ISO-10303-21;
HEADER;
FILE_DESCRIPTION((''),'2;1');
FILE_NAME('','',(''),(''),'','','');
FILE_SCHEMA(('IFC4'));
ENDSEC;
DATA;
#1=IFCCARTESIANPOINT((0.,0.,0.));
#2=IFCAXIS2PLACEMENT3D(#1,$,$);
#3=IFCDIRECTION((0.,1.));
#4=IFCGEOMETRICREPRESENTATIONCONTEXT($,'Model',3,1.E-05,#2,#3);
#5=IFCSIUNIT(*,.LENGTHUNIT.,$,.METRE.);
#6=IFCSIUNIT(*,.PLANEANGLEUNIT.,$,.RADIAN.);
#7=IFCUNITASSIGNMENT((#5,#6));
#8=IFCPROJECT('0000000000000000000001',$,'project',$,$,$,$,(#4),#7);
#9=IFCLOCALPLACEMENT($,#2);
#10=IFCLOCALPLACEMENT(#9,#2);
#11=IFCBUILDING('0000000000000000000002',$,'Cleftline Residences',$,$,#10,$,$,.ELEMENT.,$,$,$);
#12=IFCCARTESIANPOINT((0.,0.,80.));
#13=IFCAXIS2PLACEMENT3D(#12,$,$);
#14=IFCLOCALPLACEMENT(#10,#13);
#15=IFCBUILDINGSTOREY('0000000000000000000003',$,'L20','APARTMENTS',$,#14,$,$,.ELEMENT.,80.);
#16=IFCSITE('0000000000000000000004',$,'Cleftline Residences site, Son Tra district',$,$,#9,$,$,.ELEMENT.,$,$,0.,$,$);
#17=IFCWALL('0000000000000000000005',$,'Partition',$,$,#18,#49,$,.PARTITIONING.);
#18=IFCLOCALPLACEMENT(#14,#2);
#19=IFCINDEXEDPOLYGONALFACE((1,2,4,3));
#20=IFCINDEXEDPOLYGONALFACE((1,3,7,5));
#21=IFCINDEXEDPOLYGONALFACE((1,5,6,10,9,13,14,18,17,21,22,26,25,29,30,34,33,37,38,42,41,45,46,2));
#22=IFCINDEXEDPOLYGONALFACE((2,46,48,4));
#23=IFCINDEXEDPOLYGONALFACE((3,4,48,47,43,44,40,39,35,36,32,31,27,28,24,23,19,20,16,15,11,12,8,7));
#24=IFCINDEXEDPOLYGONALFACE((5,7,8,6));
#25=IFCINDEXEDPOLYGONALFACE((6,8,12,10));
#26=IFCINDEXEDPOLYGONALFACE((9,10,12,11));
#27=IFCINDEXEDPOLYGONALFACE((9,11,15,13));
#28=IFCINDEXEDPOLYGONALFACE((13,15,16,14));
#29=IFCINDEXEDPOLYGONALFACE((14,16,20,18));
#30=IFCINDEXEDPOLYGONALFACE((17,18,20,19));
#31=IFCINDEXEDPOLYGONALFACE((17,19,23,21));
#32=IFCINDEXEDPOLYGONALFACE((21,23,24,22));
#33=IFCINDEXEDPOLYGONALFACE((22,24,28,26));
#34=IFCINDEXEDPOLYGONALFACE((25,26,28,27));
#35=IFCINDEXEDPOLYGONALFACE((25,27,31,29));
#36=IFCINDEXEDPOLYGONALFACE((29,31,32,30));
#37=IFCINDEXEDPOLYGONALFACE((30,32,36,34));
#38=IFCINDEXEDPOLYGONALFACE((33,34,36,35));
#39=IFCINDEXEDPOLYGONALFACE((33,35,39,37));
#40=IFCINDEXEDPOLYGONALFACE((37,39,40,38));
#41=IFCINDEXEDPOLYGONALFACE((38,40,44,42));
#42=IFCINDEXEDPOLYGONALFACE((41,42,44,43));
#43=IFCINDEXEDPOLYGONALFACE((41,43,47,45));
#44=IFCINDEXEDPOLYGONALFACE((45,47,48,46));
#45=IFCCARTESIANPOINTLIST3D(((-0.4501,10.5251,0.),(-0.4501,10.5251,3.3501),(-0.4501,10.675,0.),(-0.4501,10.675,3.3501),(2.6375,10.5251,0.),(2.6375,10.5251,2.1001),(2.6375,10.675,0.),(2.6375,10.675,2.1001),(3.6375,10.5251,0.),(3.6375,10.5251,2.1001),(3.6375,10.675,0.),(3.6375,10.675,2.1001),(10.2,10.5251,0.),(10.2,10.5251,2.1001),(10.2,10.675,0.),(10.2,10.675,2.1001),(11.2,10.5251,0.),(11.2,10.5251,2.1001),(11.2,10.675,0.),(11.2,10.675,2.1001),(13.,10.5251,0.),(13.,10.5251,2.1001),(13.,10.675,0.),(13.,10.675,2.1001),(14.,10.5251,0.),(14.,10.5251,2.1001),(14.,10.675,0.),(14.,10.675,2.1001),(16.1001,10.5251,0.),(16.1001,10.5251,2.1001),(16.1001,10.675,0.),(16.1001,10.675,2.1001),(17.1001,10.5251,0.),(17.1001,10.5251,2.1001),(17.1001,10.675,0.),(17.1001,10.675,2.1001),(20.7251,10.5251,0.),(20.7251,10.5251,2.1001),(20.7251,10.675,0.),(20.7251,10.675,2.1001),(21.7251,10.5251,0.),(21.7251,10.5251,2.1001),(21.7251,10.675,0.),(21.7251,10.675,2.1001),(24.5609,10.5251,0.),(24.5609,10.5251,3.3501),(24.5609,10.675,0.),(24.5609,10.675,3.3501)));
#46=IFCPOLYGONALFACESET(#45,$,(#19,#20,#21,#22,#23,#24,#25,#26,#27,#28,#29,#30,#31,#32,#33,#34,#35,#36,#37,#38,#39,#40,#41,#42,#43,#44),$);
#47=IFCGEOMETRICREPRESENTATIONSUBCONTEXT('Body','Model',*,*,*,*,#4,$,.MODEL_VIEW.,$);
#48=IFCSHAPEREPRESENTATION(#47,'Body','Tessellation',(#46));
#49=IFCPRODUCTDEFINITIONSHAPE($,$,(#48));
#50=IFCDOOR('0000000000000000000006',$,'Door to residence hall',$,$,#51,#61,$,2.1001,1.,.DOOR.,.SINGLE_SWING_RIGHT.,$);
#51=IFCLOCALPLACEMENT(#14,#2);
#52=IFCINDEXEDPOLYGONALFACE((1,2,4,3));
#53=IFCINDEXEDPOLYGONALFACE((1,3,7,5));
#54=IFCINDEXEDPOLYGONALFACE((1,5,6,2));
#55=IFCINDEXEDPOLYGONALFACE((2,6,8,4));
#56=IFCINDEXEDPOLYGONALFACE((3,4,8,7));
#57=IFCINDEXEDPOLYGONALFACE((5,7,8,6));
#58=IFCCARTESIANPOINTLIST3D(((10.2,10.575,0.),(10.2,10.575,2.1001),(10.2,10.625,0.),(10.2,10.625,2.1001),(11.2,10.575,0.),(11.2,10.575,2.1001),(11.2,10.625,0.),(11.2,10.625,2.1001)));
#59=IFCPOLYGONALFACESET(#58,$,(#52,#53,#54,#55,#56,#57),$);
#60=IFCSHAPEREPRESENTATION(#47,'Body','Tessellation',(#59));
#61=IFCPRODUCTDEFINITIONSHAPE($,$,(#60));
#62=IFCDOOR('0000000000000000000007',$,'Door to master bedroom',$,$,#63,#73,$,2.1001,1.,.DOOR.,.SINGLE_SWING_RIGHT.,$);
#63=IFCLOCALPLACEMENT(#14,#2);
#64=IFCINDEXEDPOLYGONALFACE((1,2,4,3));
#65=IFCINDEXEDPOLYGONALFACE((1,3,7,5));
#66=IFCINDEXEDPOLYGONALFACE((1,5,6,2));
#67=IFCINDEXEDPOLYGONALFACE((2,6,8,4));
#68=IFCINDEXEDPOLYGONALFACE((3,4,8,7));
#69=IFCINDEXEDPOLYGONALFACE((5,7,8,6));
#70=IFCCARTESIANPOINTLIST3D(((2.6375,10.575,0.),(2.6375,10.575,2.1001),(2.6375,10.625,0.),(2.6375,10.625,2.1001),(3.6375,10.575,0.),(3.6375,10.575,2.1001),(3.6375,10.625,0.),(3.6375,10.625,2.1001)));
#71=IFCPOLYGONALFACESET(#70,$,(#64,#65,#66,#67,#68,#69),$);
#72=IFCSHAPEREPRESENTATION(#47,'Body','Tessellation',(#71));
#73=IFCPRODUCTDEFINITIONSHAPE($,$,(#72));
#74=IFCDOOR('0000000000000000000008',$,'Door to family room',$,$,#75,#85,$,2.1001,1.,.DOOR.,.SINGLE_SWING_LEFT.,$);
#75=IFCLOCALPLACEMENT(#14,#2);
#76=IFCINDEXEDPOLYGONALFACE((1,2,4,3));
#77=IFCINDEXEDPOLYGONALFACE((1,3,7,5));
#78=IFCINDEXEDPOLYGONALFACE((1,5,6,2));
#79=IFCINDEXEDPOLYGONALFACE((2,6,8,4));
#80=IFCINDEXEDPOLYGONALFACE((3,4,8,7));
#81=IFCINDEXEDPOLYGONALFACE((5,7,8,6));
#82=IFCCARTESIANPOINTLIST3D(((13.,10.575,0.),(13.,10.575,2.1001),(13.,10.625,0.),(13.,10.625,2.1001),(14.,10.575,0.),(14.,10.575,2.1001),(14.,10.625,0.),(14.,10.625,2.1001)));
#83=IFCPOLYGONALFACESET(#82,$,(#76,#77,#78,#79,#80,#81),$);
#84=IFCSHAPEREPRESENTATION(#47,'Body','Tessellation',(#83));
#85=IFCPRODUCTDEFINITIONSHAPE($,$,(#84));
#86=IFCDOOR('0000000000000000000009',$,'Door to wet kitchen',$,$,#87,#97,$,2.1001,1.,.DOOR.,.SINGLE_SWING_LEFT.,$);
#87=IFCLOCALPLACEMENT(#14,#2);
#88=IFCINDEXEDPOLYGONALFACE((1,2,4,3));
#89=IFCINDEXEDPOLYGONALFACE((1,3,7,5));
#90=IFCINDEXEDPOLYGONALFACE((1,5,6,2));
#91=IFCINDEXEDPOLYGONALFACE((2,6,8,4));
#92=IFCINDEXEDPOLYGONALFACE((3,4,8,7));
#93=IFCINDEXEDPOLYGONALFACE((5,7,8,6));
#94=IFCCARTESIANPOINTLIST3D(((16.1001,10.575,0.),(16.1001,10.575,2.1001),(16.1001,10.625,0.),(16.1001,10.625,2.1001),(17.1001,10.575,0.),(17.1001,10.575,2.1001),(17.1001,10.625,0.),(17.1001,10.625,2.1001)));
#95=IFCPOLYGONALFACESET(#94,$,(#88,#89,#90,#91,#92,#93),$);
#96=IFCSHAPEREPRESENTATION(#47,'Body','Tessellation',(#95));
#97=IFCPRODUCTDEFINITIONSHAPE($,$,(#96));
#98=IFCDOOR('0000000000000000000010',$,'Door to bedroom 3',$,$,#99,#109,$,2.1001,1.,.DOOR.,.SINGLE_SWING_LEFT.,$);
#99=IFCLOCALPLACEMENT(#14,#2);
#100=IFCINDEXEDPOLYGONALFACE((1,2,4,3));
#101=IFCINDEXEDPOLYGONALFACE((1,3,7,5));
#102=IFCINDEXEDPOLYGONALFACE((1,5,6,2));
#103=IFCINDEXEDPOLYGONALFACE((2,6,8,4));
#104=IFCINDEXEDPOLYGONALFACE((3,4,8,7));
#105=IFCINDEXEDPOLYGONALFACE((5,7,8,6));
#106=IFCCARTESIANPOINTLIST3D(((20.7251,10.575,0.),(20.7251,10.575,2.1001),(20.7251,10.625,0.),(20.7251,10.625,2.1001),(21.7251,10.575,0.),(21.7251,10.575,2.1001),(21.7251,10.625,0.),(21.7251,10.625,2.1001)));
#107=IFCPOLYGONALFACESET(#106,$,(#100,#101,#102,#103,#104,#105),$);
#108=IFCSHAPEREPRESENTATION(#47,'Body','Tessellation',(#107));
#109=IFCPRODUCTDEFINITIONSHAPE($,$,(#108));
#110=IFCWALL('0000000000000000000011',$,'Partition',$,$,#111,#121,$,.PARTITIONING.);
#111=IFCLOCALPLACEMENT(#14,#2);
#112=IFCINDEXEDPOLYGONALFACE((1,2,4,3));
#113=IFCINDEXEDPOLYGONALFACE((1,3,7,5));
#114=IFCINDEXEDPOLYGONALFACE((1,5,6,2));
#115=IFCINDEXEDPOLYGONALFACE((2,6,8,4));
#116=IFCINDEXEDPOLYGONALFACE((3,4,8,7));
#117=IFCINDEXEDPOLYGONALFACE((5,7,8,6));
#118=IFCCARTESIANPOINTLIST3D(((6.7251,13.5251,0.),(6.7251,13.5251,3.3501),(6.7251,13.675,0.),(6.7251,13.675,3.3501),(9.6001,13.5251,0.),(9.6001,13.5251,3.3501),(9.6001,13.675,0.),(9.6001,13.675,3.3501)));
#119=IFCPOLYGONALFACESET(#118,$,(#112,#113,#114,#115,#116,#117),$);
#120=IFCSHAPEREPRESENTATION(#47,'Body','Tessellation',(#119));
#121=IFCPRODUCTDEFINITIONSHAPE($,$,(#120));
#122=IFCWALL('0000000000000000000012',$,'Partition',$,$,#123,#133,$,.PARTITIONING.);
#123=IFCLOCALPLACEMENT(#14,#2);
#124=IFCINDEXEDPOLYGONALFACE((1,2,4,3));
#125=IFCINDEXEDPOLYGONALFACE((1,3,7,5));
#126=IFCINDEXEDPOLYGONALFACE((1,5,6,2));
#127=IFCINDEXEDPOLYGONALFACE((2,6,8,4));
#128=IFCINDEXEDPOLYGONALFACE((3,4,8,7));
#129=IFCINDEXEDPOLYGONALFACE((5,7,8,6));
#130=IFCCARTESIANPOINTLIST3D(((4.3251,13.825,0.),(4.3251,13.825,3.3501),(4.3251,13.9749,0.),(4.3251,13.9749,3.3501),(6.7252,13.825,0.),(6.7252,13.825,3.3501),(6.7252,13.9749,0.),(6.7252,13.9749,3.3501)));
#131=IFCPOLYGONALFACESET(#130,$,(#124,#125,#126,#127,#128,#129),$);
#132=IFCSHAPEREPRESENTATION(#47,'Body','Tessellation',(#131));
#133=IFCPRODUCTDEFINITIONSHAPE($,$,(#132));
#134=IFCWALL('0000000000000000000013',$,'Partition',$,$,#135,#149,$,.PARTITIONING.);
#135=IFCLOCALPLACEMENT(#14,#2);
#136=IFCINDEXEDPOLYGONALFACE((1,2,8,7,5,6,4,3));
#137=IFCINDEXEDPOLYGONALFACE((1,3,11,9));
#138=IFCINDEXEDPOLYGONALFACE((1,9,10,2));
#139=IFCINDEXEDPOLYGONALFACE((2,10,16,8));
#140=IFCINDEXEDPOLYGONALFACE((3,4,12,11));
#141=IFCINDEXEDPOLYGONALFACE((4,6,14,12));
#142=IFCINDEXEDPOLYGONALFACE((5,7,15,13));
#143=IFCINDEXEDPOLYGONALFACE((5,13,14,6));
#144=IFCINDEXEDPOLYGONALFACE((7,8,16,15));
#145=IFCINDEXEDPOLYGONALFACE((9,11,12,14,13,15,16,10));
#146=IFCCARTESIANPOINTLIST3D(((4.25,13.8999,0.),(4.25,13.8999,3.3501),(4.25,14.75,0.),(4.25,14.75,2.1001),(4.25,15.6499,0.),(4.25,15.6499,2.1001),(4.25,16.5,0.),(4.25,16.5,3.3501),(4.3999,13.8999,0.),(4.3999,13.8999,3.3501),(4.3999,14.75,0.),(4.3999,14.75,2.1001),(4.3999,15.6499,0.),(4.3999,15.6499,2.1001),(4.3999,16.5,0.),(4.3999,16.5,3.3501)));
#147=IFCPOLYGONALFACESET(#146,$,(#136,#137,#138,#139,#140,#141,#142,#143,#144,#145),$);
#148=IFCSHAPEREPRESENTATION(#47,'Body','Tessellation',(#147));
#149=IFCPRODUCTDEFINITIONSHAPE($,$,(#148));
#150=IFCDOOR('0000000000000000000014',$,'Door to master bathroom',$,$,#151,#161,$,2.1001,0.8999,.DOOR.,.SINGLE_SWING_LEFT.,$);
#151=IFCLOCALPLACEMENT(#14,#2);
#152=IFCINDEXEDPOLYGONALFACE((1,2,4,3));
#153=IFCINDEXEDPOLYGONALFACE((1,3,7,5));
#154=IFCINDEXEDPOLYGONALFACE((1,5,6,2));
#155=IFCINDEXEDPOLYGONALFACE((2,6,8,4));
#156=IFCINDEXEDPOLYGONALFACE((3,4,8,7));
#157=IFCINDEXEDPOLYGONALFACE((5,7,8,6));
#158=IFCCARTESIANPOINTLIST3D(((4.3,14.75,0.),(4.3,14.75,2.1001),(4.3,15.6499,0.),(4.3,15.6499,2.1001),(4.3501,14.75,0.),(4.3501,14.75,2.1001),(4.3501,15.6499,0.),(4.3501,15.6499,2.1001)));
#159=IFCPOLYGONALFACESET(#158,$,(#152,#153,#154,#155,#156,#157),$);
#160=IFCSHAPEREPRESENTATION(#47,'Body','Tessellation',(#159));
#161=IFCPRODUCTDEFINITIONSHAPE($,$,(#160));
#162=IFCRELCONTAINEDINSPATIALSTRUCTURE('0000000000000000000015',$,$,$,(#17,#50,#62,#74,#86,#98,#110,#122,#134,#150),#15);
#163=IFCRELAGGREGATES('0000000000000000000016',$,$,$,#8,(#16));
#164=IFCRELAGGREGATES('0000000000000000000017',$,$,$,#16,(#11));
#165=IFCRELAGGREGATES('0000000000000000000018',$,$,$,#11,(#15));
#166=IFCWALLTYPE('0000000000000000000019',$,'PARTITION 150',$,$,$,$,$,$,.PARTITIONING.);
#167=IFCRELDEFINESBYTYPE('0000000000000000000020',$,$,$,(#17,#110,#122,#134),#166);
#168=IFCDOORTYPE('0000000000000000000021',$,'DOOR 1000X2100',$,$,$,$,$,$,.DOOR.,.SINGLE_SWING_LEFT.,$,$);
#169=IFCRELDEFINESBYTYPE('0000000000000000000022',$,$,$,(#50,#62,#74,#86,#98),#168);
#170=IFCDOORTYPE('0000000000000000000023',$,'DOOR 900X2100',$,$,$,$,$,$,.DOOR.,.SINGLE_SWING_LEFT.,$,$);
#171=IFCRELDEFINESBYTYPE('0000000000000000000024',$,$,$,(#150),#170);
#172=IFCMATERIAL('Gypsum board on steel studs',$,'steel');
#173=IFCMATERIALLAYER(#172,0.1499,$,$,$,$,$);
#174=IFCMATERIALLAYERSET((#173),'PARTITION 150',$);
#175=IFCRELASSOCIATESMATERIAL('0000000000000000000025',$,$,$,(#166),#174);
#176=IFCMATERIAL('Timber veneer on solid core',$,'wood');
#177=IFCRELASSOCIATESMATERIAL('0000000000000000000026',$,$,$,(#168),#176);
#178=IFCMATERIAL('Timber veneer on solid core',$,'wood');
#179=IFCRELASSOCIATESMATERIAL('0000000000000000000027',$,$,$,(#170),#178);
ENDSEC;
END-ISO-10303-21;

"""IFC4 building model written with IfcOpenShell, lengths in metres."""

from ifc_helpers import new_model, si_unit, direction, frame, frame_2d, origin, place, context, subcontext, project, spatial, rectangle, extrude, material, layer, layer_set, type_object, element, fill, save


model = new_model("IFC4")

# Units and contexts
model_context = context("Model", 3, precision=1e-05, world=origin(), true_north=direction((0.0, 1.0)))
body_context = subcontext(model_context, "Body", "Model", "MODEL_VIEW")
ifc_project = project(units=[si_unit("LENGTHUNIT", "METRE"), si_unit("PLANEANGLEUNIT", "RADIAN")], contexts=[model_context])

# Site, building, storey
site_placement = place(None, origin())
site = spatial("IfcSite", under=ifc_project, at=site_placement, Name="Cleftline Residences site, Son Tra district", CompositionType="ELEMENT", RefElevation=0.0)
building_placement = place(site_placement, origin())
building = spatial("IfcBuilding", under=site, at=building_placement, Name="Cleftline Residences", CompositionType="ELEMENT")
storey_placement = place(building_placement, frame((0.0, 0.0, 80.0)))
storey = spatial("IfcBuildingStorey", under=building, at=storey_placement, Name="L20", Description="APARTMENTS", CompositionType="ELEMENT", Elevation=80.0)

# Wall, openings, doors
ifc_material_1 = material(Name="Gypsum board on steel studs", Category="steel")
ifc_layer = layer(ifc_material_1, 0.1499)
ifc_layer_set = layer_set([ifc_layer], Name="PARTITION 150")
wall_type = type_object("IfcWallType", Name="PARTITION 150", PredefinedType="PARTITIONING", material=ifc_layer_set)
wall_1_placement = place(storey_placement, frame((-0.45, 10.6001, 0.0), z_axis=(0.0, 0.0, 1.0), x_axis=(1.0, 0.0, 0.0)))
wall_1 = element("IfcWall", 1, at=wall_1_placement, inside=storey, type_object=wall_type, Name="Partition", PredefinedType="PARTITIONING", context=body_context, shape_type="SweptSolid", body=[
    extrude(rectangle(XDim=25.011, YDim=0.1499, at=frame_2d((12.5054, 0.0))), origin(), (0.0, 0.0, 1.0), 3.3501),
])
opening_1_placement = place(wall_1_placement, frame((10.6499, 0.0, 0.0)))
opening_1 = element("IfcOpeningElement", 2, at=opening_1_placement, cuts=wall_1, PredefinedType="OPENING", context=body_context, shape_type="SweptSolid", body=[
    extrude(rectangle(XDim=1.0, YDim=2.1001, at=frame_2d((0.5, 1.05))), frame((0.0, 0.085, 0.0), z_axis=(0.0, -1.0, 0.0), x_axis=(1.0, 0.0, 0.0)), (0.0, 0.0, 1.0), 0.1699),
])
opening_2_placement = place(wall_1_placement, frame((3.0874, 0.0, 0.0)))
opening_2 = element("IfcOpeningElement", 3, at=opening_2_placement, cuts=wall_1, PredefinedType="OPENING", context=body_context, shape_type="SweptSolid", body=[
    extrude(rectangle(XDim=1.0, YDim=2.1001, at=frame_2d((0.5, 1.05))), frame((0.0, 0.085, 0.0), z_axis=(0.0, -1.0, 0.0), x_axis=(1.0, 0.0, 0.0)), (0.0, 0.0, 1.0), 0.1699),
])
opening_3_placement = place(wall_1_placement, frame((13.45, 0.0, 0.0)))
opening_3 = element("IfcOpeningElement", 4, at=opening_3_placement, cuts=wall_1, PredefinedType="OPENING", context=body_context, shape_type="SweptSolid", body=[
    extrude(rectangle(XDim=1.0, YDim=2.1001, at=frame_2d((0.5, 1.05))), frame((0.0, 0.085, 0.0), z_axis=(0.0, -1.0, 0.0), x_axis=(1.0, 0.0, 0.0)), (0.0, 0.0, 1.0), 0.1699),
])
opening_4_placement = place(wall_1_placement, frame((16.55, 0.0, 0.0)))
opening_4 = element("IfcOpeningElement", 5, at=opening_4_placement, cuts=wall_1, PredefinedType="OPENING", context=body_context, shape_type="SweptSolid", body=[
    extrude(rectangle(XDim=1.0, YDim=2.1001, at=frame_2d((0.5, 1.05))), frame((0.0, 0.085, 0.0), z_axis=(0.0, -1.0, 0.0), x_axis=(1.0, 0.0, 0.0)), (0.0, 0.0, 1.0), 0.1699),
])
opening_5_placement = place(wall_1_placement, frame((21.175, 0.0, 0.0)))
opening_5 = element("IfcOpeningElement", 6, at=opening_5_placement, cuts=wall_1, PredefinedType="OPENING", context=body_context, shape_type="SweptSolid", body=[
    extrude(rectangle(XDim=1.0, YDim=2.1001, at=frame_2d((0.5, 1.05))), frame((0.0, 0.085, 0.0), z_axis=(0.0, -1.0, 0.0), x_axis=(1.0, 0.0, 0.0)), (0.0, 0.0, 1.0), 0.1699),
])
ifc_material_2 = material(Name="Timber veneer on solid core", Category="wood")
door_type_1 = type_object("IfcDoorType", Name="DOOR 1000X2100", OperationType="SINGLE_SWING_LEFT", PredefinedType="DOOR", material=ifc_material_2)
door_1_placement = place(opening_1_placement, origin())
door_1 = element("IfcDoor", 7, at=door_1_placement, inside=storey, type_object=door_type_1, Name="Door to residence hall", OperationType="SINGLE_SWING_RIGHT", OverallHeight=2.1001, OverallWidth=1.0, PredefinedType="DOOR", context=body_context, shape_type="SweptSolid", body=[
    extrude(rectangle(XDim=1.0, YDim=2.1001, at=frame_2d((0.5, 1.05))), frame((0.0, 0.0249, 0.0), z_axis=(0.0, -1.0, 0.0), x_axis=(1.0, 0.0, 0.0)), (0.0, 0.0, 1.0), 0.05),
])
fill(opening_1, door_1)
door_2_placement = place(opening_2_placement, origin())
door_2 = element("IfcDoor", 8, at=door_2_placement, inside=storey, type_object=door_type_1, Name="Door to master bedroom", OperationType="SINGLE_SWING_RIGHT", OverallHeight=2.1001, OverallWidth=1.0, PredefinedType="DOOR", context=body_context, shape_type="SweptSolid", body=[
    extrude(rectangle(XDim=1.0, YDim=2.1001, at=frame_2d((0.5, 1.05))), frame((0.0, 0.0249, 0.0), z_axis=(0.0, -1.0, 0.0), x_axis=(1.0, 0.0, 0.0)), (0.0, 0.0, 1.0), 0.05),
])
fill(opening_2, door_2)
door_3_placement = place(opening_3_placement, origin())
door_3 = element("IfcDoor", 9, at=door_3_placement, inside=storey, type_object=door_type_1, Name="Door to family room", OperationType="SINGLE_SWING_LEFT", OverallHeight=2.1001, OverallWidth=1.0, PredefinedType="DOOR", context=body_context, shape_type="SweptSolid", body=[
    extrude(rectangle(XDim=1.0, YDim=2.1001, at=frame_2d((0.5, 1.05))), frame((0.0, 0.0249, 0.0), z_axis=(0.0, -1.0, 0.0), x_axis=(1.0, 0.0, 0.0)), (0.0, 0.0, 1.0), 0.05),
])
fill(opening_3, door_3)
door_4_placement = place(opening_4_placement, origin())
door_4 = element("IfcDoor", 10, at=door_4_placement, inside=storey, type_object=door_type_1, Name="Door to wet kitchen", OperationType="SINGLE_SWING_LEFT", OverallHeight=2.1001, OverallWidth=1.0, PredefinedType="DOOR", context=body_context, shape_type="SweptSolid", body=[
    extrude(rectangle(XDim=1.0, YDim=2.1001, at=frame_2d((0.5, 1.05))), frame((0.0, 0.0249, 0.0), z_axis=(0.0, -1.0, 0.0), x_axis=(1.0, 0.0, 0.0)), (0.0, 0.0, 1.0), 0.05),
])
fill(opening_4, door_4)
door_5_placement = place(opening_5_placement, origin())
door_5 = element("IfcDoor", 11, at=door_5_placement, inside=storey, type_object=door_type_1, Name="Door to bedroom 3", OperationType="SINGLE_SWING_LEFT", OverallHeight=2.1001, OverallWidth=1.0, PredefinedType="DOOR", context=body_context, shape_type="SweptSolid", body=[
    extrude(rectangle(XDim=1.0, YDim=2.1001, at=frame_2d((0.5, 1.05))), frame((0.0, 0.0249, 0.0), z_axis=(0.0, -1.0, 0.0), x_axis=(1.0, 0.0, 0.0)), (0.0, 0.0, 1.0), 0.05),
])
fill(opening_5, door_5)

# Walls
wall_2_placement = place(storey_placement, frame((6.7251, 13.6001, 0.0), z_axis=(0.0, 0.0, 1.0), x_axis=(1.0, 0.0, 0.0)))
element("IfcWall", 12, at=wall_2_placement, inside=storey, type_object=wall_type, Name="Partition", PredefinedType="PARTITIONING", context=body_context, shape_type="SweptSolid", body=[
    extrude(rectangle(XDim=2.875, YDim=0.1499, at=frame_2d((1.4375, 0.0))), origin(), (0.0, 0.0, 1.0), 3.3501),
])
wall_3_placement = place(storey_placement, frame((4.325, 13.8999, 0.0), z_axis=(0.0, 0.0, 1.0), x_axis=(1.0, 0.0, 0.0)))
element("IfcWall", 13, at=wall_3_placement, inside=storey, type_object=wall_type, Name="Partition", PredefinedType="PARTITIONING", context=body_context, shape_type="SweptSolid", body=[
    extrude(rectangle(XDim=2.4001, YDim=0.1499, at=frame_2d((1.2002, 0.0))), origin(), (0.0, 0.0, 1.0), 3.3501),
])

# Wall, opening, door
wall_4_placement = place(storey_placement, frame((4.325, 13.8999, 0.0), z_axis=(0.0, 0.0, 1.0), x_axis=(0.0, 1.0, 0.0)))
wall_4 = element("IfcWall", 14, at=wall_4_placement, inside=storey, type_object=wall_type, Name="Partition", PredefinedType="PARTITIONING", context=body_context, shape_type="SweptSolid", body=[
    extrude(rectangle(XDim=2.6001, YDim=0.1499, at=frame_2d((1.3, 0.0))), origin(), (0.0, 0.0, 1.0), 3.3501),
])
opening_6_placement = place(wall_4_placement, frame((0.8501, 0.0, 0.0)))
opening_6 = element("IfcOpeningElement", 15, at=opening_6_placement, cuts=wall_4, PredefinedType="OPENING", context=body_context, shape_type="SweptSolid", body=[
    extrude(rectangle(XDim=0.8999, YDim=2.1001, at=frame_2d((0.45, 1.05))), frame((0.0, 0.085, 0.0), z_axis=(0.0, -1.0, 0.0), x_axis=(1.0, 0.0, 0.0)), (0.0, 0.0, 1.0), 0.1699),
])
ifc_material_3 = material(Name="Timber veneer on solid core", Category="wood")
door_type_2 = type_object("IfcDoorType", Name="DOOR 900X2100", OperationType="SINGLE_SWING_LEFT", PredefinedType="DOOR", material=ifc_material_3)
door_6_placement = place(opening_6_placement, origin())
door_6 = element("IfcDoor", 16, at=door_6_placement, inside=storey, type_object=door_type_2, Name="Door to master bathroom", OperationType="SINGLE_SWING_LEFT", OverallHeight=2.1001, OverallWidth=0.8999, PredefinedType="DOOR", context=body_context, shape_type="SweptSolid", body=[
    extrude(rectangle(XDim=0.8999, YDim=2.1001, at=frame_2d((0.45, 1.05))), frame((0.0, 0.0249, 0.0), z_axis=(0.0, -1.0, 0.0), x_axis=(1.0, 0.0, 0.0)), (0.0, 0.0, 1.0), 0.05),
])
fill(opening_6, door_6)

save(model, "model.ifc")
